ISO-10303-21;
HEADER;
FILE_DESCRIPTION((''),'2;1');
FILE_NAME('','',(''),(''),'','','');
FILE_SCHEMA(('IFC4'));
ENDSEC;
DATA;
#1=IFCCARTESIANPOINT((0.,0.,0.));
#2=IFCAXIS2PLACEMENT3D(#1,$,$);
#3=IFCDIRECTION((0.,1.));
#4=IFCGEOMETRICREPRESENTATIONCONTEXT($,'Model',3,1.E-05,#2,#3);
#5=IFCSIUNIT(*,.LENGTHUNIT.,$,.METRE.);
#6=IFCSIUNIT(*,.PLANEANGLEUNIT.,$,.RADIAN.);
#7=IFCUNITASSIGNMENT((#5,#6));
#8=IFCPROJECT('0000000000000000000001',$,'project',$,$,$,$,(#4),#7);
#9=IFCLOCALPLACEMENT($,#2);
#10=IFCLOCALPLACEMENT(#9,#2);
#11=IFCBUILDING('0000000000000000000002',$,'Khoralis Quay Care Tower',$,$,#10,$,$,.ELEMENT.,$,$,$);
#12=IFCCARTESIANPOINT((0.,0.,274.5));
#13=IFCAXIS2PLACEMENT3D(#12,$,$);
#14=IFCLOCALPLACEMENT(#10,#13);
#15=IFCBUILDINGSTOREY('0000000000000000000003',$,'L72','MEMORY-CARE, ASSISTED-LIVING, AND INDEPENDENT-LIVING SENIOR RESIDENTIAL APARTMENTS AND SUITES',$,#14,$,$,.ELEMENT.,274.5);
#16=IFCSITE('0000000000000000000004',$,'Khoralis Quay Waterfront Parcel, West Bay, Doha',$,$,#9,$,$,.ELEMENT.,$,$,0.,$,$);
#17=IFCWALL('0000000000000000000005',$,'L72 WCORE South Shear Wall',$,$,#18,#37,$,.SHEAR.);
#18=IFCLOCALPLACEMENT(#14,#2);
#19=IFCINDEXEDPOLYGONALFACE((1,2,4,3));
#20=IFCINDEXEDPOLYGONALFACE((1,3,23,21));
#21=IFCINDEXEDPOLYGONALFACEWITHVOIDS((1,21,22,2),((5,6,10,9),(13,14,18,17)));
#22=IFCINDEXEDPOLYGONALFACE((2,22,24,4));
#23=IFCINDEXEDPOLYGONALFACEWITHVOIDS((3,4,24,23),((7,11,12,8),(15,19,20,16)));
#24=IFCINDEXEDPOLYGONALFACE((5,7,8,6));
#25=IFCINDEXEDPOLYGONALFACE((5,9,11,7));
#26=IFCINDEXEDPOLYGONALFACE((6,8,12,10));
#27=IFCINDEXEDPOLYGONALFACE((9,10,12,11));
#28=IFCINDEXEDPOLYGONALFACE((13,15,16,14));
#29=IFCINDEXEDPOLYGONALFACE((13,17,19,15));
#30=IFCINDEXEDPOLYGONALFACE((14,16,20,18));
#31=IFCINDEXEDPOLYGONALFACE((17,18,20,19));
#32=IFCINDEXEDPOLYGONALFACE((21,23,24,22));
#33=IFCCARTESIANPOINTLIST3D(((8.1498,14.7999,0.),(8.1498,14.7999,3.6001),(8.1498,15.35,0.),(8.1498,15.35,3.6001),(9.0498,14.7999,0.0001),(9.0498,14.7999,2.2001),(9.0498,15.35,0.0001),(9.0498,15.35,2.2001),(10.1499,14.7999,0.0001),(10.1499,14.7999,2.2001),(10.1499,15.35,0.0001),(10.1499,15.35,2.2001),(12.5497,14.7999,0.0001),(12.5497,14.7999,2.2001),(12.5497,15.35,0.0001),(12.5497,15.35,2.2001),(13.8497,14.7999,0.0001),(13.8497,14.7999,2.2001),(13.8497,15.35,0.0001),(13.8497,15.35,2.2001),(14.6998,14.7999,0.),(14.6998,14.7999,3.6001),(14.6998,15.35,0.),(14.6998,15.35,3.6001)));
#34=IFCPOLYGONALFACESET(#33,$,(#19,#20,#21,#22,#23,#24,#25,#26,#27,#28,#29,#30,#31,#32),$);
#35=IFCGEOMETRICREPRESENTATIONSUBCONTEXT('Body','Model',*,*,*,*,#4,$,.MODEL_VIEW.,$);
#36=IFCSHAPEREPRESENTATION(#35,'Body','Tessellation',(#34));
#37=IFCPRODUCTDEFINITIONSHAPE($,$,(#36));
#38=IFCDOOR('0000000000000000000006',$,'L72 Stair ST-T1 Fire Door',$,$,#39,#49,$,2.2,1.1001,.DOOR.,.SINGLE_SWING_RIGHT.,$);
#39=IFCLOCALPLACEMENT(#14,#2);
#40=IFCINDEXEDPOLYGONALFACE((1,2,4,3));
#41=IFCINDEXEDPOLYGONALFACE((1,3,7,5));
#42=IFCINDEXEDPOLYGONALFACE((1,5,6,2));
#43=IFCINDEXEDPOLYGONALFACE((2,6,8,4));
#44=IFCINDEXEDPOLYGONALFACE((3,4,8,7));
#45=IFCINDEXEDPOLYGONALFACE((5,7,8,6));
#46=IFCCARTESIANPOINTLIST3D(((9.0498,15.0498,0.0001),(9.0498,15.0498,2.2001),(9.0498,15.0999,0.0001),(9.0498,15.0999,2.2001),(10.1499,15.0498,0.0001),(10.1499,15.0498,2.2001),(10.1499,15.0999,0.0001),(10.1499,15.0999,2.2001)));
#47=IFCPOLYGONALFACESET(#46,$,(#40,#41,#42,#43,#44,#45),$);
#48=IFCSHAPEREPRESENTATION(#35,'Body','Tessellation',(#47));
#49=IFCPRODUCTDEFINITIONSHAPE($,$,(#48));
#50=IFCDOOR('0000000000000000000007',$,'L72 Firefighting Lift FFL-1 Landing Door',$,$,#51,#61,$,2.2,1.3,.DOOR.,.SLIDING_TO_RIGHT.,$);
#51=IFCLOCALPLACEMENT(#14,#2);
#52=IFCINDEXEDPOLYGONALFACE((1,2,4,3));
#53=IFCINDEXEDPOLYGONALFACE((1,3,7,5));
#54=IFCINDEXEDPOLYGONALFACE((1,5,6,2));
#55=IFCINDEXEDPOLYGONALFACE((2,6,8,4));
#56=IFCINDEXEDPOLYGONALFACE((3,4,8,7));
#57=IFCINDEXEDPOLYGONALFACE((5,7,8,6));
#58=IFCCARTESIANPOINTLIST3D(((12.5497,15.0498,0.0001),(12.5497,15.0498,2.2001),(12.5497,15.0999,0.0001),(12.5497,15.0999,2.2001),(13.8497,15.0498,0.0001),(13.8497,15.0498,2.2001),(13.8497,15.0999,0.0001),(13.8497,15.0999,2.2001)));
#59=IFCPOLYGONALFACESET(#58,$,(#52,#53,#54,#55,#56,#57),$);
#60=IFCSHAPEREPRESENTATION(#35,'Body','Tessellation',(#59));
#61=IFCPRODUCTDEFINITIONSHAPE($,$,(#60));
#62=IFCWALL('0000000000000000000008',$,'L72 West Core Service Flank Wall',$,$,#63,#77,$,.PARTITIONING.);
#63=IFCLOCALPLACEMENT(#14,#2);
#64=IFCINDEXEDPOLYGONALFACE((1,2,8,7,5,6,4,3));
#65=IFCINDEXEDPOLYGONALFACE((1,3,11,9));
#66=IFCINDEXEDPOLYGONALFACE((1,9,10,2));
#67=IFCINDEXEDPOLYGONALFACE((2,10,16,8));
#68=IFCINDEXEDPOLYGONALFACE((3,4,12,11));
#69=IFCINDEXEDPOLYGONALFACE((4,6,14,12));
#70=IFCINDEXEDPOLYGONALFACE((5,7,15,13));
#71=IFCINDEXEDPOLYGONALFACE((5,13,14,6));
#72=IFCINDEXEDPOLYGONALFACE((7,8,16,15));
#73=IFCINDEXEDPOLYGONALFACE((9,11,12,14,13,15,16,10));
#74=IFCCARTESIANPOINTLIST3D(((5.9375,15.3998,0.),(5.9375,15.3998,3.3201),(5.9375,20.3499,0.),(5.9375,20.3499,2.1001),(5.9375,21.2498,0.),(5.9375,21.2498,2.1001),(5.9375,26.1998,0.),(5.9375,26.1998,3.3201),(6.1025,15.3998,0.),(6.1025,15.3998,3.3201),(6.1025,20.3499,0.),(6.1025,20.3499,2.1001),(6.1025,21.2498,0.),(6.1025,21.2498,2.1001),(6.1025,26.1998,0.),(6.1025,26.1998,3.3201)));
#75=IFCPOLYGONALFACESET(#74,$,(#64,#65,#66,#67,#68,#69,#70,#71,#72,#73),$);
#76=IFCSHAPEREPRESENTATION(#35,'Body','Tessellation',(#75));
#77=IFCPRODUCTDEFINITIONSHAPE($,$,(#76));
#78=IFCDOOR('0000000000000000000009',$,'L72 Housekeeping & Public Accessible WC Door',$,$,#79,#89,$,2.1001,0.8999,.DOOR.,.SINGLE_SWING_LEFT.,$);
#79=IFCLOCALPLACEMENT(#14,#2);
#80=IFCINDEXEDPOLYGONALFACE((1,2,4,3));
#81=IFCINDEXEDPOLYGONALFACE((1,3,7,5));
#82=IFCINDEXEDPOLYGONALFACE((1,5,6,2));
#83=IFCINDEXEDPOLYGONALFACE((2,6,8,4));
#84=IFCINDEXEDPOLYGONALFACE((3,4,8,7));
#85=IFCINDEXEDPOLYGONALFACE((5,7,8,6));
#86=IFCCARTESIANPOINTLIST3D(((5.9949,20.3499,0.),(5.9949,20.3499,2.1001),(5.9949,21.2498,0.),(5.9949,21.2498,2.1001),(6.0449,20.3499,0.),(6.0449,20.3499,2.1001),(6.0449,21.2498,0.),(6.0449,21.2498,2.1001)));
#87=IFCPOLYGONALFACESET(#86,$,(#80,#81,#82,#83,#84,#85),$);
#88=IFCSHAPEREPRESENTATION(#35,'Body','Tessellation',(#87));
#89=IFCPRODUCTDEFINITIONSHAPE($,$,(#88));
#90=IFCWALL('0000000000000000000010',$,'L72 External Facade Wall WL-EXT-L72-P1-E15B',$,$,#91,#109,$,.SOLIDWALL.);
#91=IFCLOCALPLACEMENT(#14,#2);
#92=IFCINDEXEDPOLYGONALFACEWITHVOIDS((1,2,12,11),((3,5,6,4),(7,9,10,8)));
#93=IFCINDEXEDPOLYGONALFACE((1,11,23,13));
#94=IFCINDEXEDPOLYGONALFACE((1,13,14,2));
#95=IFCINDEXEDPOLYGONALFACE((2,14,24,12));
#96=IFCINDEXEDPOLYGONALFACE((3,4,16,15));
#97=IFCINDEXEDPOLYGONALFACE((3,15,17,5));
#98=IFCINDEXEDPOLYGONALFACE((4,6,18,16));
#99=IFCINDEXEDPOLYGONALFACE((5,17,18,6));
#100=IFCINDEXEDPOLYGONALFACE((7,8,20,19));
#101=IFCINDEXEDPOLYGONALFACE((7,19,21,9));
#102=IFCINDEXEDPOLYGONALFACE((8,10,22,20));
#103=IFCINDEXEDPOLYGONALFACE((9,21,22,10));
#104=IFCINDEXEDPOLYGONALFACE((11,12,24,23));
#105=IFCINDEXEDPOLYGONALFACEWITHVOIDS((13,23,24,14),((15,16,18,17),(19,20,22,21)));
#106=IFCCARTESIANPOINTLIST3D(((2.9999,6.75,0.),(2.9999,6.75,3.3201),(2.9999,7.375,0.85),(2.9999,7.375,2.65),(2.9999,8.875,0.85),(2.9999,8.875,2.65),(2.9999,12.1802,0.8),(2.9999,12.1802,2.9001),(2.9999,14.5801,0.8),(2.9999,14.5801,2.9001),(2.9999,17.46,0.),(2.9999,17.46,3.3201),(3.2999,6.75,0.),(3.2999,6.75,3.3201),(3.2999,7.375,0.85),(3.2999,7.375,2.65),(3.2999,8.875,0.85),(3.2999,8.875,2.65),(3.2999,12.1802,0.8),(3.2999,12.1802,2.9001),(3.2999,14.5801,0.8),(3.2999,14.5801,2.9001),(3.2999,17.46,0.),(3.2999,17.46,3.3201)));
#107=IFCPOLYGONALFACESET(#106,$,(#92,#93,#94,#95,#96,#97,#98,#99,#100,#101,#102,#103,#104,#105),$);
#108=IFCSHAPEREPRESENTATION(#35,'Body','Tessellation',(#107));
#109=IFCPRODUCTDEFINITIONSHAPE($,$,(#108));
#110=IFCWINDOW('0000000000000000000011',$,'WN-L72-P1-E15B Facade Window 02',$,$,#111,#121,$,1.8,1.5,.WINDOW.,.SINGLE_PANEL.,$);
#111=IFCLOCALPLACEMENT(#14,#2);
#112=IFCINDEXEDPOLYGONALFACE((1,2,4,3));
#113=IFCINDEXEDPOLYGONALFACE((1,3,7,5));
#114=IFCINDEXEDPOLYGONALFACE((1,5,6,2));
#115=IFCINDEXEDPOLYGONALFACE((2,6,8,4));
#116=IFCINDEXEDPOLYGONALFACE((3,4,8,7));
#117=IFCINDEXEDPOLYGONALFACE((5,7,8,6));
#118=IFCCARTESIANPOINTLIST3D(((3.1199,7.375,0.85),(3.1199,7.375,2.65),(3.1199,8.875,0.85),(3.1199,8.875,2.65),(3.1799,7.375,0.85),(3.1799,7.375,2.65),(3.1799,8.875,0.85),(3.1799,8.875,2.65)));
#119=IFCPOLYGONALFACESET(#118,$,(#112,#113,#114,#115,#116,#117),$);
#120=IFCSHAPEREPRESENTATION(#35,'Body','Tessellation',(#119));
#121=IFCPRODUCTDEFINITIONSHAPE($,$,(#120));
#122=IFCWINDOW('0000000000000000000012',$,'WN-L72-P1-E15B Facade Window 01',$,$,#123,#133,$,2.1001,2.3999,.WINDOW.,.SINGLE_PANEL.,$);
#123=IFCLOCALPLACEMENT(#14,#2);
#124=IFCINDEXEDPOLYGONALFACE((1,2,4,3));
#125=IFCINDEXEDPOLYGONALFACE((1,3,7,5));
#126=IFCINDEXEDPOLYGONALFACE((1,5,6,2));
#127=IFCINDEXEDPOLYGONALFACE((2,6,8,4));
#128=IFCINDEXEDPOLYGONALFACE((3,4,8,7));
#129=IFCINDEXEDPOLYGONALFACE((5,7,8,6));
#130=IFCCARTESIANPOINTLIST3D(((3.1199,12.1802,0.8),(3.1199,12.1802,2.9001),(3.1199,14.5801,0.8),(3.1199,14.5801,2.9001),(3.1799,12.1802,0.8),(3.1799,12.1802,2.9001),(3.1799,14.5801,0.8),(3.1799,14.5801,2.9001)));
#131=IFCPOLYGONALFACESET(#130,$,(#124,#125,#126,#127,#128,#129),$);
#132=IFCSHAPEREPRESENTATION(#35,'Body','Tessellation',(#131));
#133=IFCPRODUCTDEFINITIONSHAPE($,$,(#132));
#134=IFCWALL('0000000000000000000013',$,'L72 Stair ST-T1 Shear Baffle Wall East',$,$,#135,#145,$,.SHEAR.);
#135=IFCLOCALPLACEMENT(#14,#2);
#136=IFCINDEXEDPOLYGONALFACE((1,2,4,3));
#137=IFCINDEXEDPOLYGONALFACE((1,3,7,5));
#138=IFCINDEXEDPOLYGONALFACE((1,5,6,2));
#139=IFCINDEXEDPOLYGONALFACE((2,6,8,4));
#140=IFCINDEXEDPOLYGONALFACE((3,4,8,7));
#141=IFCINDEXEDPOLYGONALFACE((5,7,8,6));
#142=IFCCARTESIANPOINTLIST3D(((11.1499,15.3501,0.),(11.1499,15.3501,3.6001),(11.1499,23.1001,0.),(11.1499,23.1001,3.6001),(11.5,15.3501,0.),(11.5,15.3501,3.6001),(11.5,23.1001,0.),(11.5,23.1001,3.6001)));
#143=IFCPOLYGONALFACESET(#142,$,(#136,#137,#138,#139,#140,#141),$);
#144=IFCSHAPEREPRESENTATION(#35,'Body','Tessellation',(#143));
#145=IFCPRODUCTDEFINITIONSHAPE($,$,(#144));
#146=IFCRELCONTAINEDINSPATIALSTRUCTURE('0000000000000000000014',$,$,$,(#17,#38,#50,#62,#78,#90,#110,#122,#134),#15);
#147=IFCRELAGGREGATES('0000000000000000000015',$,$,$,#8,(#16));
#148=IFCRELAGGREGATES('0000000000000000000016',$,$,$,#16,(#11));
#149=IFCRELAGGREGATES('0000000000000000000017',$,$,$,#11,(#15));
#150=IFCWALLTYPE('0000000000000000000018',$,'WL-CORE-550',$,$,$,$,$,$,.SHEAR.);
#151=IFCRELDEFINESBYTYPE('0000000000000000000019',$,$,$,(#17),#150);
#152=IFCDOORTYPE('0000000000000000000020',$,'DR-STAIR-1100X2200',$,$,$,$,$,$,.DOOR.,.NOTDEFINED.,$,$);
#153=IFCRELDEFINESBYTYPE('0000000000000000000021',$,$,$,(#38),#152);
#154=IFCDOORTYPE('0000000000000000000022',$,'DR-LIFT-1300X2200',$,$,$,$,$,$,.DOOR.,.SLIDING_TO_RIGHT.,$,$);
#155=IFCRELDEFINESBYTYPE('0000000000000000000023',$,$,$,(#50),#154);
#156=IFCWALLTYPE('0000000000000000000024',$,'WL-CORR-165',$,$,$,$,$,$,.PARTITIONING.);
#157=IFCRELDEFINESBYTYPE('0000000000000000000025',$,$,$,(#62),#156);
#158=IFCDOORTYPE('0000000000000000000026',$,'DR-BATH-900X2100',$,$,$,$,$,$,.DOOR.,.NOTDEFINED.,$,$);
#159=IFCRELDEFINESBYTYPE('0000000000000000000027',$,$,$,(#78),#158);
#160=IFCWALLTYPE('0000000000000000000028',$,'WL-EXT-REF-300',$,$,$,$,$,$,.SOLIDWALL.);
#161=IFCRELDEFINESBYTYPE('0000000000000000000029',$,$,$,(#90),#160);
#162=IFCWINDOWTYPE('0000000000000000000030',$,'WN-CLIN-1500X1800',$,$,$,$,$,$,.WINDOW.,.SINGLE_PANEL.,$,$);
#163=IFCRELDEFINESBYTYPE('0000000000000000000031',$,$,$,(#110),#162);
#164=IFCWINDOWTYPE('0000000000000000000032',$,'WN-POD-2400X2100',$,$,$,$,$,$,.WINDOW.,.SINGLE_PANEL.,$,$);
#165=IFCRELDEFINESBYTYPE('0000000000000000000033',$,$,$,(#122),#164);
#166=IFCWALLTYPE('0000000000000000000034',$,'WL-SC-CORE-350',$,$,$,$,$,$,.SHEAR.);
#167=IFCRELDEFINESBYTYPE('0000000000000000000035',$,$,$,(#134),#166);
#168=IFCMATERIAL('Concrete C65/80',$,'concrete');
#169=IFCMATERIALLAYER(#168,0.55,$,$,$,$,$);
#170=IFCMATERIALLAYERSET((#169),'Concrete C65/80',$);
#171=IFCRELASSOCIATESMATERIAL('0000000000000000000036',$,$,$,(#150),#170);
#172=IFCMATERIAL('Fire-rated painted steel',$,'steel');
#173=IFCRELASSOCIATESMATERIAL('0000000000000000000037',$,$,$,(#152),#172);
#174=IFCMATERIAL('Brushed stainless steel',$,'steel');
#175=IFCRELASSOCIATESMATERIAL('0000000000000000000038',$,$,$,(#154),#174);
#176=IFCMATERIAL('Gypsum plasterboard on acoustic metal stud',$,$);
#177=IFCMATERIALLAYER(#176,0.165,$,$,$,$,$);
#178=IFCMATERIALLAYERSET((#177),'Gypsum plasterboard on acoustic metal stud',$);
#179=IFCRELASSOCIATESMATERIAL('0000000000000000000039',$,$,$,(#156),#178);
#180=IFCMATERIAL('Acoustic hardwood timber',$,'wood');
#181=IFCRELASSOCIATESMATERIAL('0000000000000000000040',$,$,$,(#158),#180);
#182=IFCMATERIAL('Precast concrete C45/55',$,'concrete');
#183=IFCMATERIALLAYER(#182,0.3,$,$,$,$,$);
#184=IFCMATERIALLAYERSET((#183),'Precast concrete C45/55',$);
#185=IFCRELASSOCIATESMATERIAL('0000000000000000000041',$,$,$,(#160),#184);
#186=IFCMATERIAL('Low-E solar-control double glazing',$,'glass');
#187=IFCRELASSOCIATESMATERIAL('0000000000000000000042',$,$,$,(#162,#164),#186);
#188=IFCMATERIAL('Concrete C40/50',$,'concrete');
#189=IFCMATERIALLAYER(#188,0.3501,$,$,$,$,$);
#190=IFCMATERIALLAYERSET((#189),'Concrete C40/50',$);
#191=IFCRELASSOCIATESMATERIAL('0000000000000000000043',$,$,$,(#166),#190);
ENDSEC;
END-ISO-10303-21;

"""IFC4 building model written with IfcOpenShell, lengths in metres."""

from ifc_helpers import new_model, si_unit, direction, frame, frame_2d, origin, place, context, subcontext, project, spatial, rectangle, extrude, source, transform, mapped, material, layer, layer_set, type_object, element, fill, save


model = new_model("IFC4")

# Units and contexts
model_context = context("Model", 3, precision=1e-05, world=origin(), true_north=direction((0.0, 1.0)))
body_context = subcontext(model_context, "Body", "Model", "MODEL_VIEW")
ifc_project = project(units=[si_unit("LENGTHUNIT", "METRE"), si_unit("PLANEANGLEUNIT", "RADIAN")], contexts=[model_context])

# Site, building, storey
site_placement = place(None, origin())
site = spatial("IfcSite", under=ifc_project, at=site_placement, Name="Khoralis Quay Waterfront Parcel, West Bay, Doha", CompositionType="ELEMENT", RefElevation=0.0)
building_placement = place(site_placement, origin())
building = spatial("IfcBuilding", under=site, at=building_placement, Name="Khoralis Quay Care Tower", CompositionType="ELEMENT")
storey_placement = place(building_placement, frame((0.0, 0.0, 274.5)))
storey = spatial("IfcBuildingStorey", under=building, at=storey_placement, Name="L72", Description="MEMORY-CARE, ASSISTED-LIVING, AND INDEPENDENT-LIVING SENIOR RESIDENTIAL APARTMENTS AND SUITES", CompositionType="ELEMENT", Elevation=274.5)

# Shared definitions
ifc_material_1 = material(Name="Concrete C65/80", Category="concrete")
ifc_layer_1 = layer(ifc_material_1, 0.55)
ifc_layer_set_1 = layer_set([ifc_layer_1], Name="Concrete C65/80")
wall_type_1 = type_object("IfcWallType", Name="WL-CORE-550", PredefinedType="SHEAR", material=ifc_layer_set_1)

# Wall, openings, doors
wall_1_placement = place(storey_placement, frame((8.1499, 15.075, 0.0), z_axis=(0.0, 0.0, 1.0), x_axis=(1.0, 0.0, 0.0)))
wall_1 = element("IfcWall", 1, at=wall_1_placement, inside=storey, type_object=wall_type_1, Name="L72 WCORE South Shear Wall", PredefinedType="SHEAR", context=body_context, shape_type="SweptSolid", body=[
    extrude(rectangle(XDim=6.55, YDim=0.55, at=frame_2d((3.2749, 0.0))), origin(), (0.0, 0.0, 1.0), 3.6001),
])
opening_1_placement = place(wall_1_placement, frame((0.8999, 0.0, 0.0)))
opening_1 = element("IfcOpeningElement", 2, at=opening_1_placement, cuts=wall_1, PredefinedType="OPENING", context=body_context, shape_type="SweptSolid", body=[
    extrude(rectangle(XDim=1.1001, YDim=2.2, at=frame_2d((0.55, 1.1001))), frame((0.0, 0.2852, 0.0), z_axis=(0.0, -1.0, 0.0), x_axis=(1.0, 0.0, 0.0)), (0.0, 0.0, 1.0), 0.5701),
])
opening_2_placement = place(wall_1_placement, frame((4.3999, 0.0, 0.0)))
opening_2 = element("IfcOpeningElement", 3, at=opening_2_placement, cuts=wall_1, PredefinedType="OPENING", context=body_context, shape_type="SweptSolid", body=[
    extrude(rectangle(XDim=1.3, YDim=2.2, at=frame_2d((0.6499, 1.1001))), frame((0.0, 0.2852, 0.0), z_axis=(0.0, -1.0, 0.0), x_axis=(1.0, 0.0, 0.0)), (0.0, 0.0, 1.0), 0.5701),
])
ifc_material_2 = material(Name="Fire-rated painted steel", Category="steel")
door_type_1 = type_object("IfcDoorType", Name="DR-STAIR-1100X2200", OperationType="NOTDEFINED", PredefinedType="DOOR", material=ifc_material_2)
shared_shape_1 = source(origin(), body_context, "Body", "SweptSolid", [
    extrude(rectangle(XDim=1.1001, YDim=2.2, at=frame_2d((0.55, 1.1001))), frame((0.0, 0.0249, 0.0), z_axis=(0.0, -1.0, 0.0), x_axis=(1.0, 0.0, 0.0)), (0.0, 0.0, 1.0), 0.05),
])
door_1_placement = place(opening_1_placement, origin())
door_1 = element("IfcDoor", 4, at=door_1_placement, inside=storey, type_object=door_type_1, Name="L72 Stair ST-T1 Fire Door", OperationType="SINGLE_SWING_RIGHT", OverallHeight=2.2, OverallWidth=1.1001, PredefinedType="DOOR", context=body_context, shape_type="MappedRepresentation", body=[
    mapped(shared_shape_1, transform((0.0, 0.0, 0.0), scale=1.0)),
])
fill(opening_1, door_1)
ifc_material_3 = material(Name="Brushed stainless steel", Category="steel")
door_type_2 = type_object("IfcDoorType", Name="DR-LIFT-1300X2200", OperationType="SLIDING_TO_RIGHT", PredefinedType="DOOR", material=ifc_material_3)
shared_shape_2 = source(origin(), body_context, "Body", "SweptSolid", [
    extrude(rectangle(XDim=1.3, YDim=2.2, at=frame_2d((0.6499, 1.1001))), frame((0.0, 0.0249, 0.0), z_axis=(0.0, -1.0, 0.0), x_axis=(1.0, 0.0, 0.0)), (0.0, 0.0, 1.0), 0.05),
])
door_2_placement = place(opening_2_placement, origin())
door_2 = element("IfcDoor", 5, at=door_2_placement, inside=storey, type_object=door_type_2, Name="L72 Firefighting Lift FFL-1 Landing Door", OperationType="SLIDING_TO_RIGHT", OverallHeight=2.2, OverallWidth=1.3, PredefinedType="DOOR", context=body_context, shape_type="MappedRepresentation", body=[
    mapped(shared_shape_2, transform((0.0, 0.0, 0.0), scale=1.0)),
])
fill(opening_2, door_2)

# Wall, opening, door
ifc_material_4 = material(Name="Gypsum plasterboard on acoustic metal stud")
ifc_layer_2 = layer(ifc_material_4, 0.165)
ifc_layer_set_2 = layer_set([ifc_layer_2], Name="Gypsum plasterboard on acoustic metal stud")
wall_type_2 = type_object("IfcWallType", Name="WL-CORR-165", PredefinedType="PARTITIONING", material=ifc_layer_set_2)
wall_2_placement = place(storey_placement, frame((6.02, 15.3999, 0.0), z_axis=(0.0, 0.0, 1.0), x_axis=(0.0, 1.0, 0.0)))
wall_2 = element("IfcWall", 6, at=wall_2_placement, inside=storey, type_object=wall_type_2, Name="L72 West Core Service Flank Wall", PredefinedType="PARTITIONING", context=body_context, shape_type="SweptSolid", body=[
    extrude(rectangle(XDim=10.8, YDim=0.165, at=frame_2d((5.3999, 0.0))), origin(), (0.0, 0.0, 1.0), 3.3201),
])
opening_3_placement = place(wall_2_placement, frame((4.95, 0.0, 0.0)))
opening_3 = element("IfcOpeningElement", 7, at=opening_3_placement, cuts=wall_2, PredefinedType="OPENING", context=body_context, shape_type="SweptSolid", body=[
    extrude(rectangle(XDim=0.8999, YDim=2.1001, at=frame_2d((0.45, 1.05))), frame((0.0, 0.0925, 0.0), z_axis=(0.0, -1.0, 0.0), x_axis=(1.0, 0.0, 0.0)), (0.0, 0.0, 1.0), 0.1851),
])
ifc_material_5 = material(Name="Acoustic hardwood timber", Category="wood")
door_type_3 = type_object("IfcDoorType", Name="DR-BATH-900X2100", OperationType="NOTDEFINED", PredefinedType="DOOR", material=ifc_material_5)
shared_shape_3 = source(origin(), body_context, "Body", "SweptSolid", [
    extrude(rectangle(XDim=0.8999, YDim=2.1001, at=frame_2d((0.45, 1.05))), frame((0.0, 0.0249, 0.0), z_axis=(0.0, -1.0, 0.0), x_axis=(1.0, 0.0, 0.0)), (0.0, 0.0, 1.0), 0.05),
])
door_3_placement = place(opening_3_placement, frame((0.8999, 0.0, 0.0), z_axis=(0.0, 0.0, 1.0), x_axis=(-1.0, 0.0, 0.0)))
door_3 = element("IfcDoor", 8, at=door_3_placement, inside=storey, type_object=door_type_3, Name="L72 Housekeeping & Public Accessible WC Door", OperationType="SINGLE_SWING_LEFT", OverallHeight=2.1001, OverallWidth=0.8999, PredefinedType="DOOR", context=body_context, shape_type="MappedRepresentation", body=[
    mapped(shared_shape_3, transform((0.0, 0.0, 0.0), scale=1.0)),
])
fill(opening_3, door_3)

# Wall, openings, windows
ifc_material_6 = material(Name="Precast concrete C45/55", Category="concrete")
ifc_layer_3 = layer(ifc_material_6, 0.3)
ifc_layer_set_3 = layer_set([ifc_layer_3], Name="Precast concrete C45/55")
wall_type_3 = type_object("IfcWallType", Name="WL-EXT-REF-300", PredefinedType="SOLIDWALL", material=ifc_layer_set_3)
wall_3_placement = place(storey_placement, frame((3.1499, 17.46, 0.0), z_axis=(0.0, 0.0, 1.0), x_axis=(0.0, -1.0, 0.0)))
wall_3 = element("IfcWall", 9, at=wall_3_placement, inside=storey, type_object=wall_type_3, Name="L72 External Facade Wall WL-EXT-L72-P1-E15B", PredefinedType="SOLIDWALL", context=body_context, shape_type="SweptSolid", body=[
    extrude(rectangle(XDim=10.71, YDim=0.3, at=frame_2d((5.355, 0.0))), origin(), (0.0, 0.0, 1.0), 3.3201),
])
opening_4_placement = place(wall_3_placement, frame((2.8799, 0.0, 0.8)))
opening_4 = element("IfcOpeningElement", 10, at=opening_4_placement, cuts=wall_3, PredefinedType="OPENING", context=body_context, shape_type="SweptSolid", body=[
    extrude(rectangle(XDim=2.3999, YDim=2.1001, at=frame_2d((1.2, 1.05))), frame((0.0, 0.1602, 0.0), z_axis=(0.0, -1.0, 0.0), x_axis=(1.0, 0.0, 0.0)), (0.0, 0.0, 1.0), 0.3201),
])
opening_5_placement = place(wall_3_placement, frame((8.585, 0.0, 0.8501)))
opening_5 = element("IfcOpeningElement", 11, at=opening_5_placement, cuts=wall_3, PredefinedType="OPENING", context=body_context, shape_type="SweptSolid", body=[
    extrude(rectangle(XDim=1.5, YDim=1.8, at=frame_2d((0.75, 0.8999))), frame((0.0, 0.1602, 0.0), z_axis=(0.0, -1.0, 0.0), x_axis=(1.0, 0.0, 0.0)), (0.0, 0.0, 1.0), 0.3201),
])
ifc_material_7 = material(Name="Low-E solar-control double glazing", Category="glass")
window_type_1 = type_object("IfcWindowType", Name="WN-CLIN-1500X1800", PartitioningType="SINGLE_PANEL", PredefinedType="WINDOW", material=ifc_material_7)
shared_shape_4 = source(origin(), body_context, "Body", "SweptSolid", [
    extrude(rectangle(XDim=1.5, YDim=1.8, at=frame_2d((0.75, 0.8999))), frame((0.0, 0.03, 0.0), z_axis=(0.0, -1.0, 0.0), x_axis=(1.0, 0.0, 0.0)), (0.0, 0.0, 1.0), 0.0601),
])
window_1_placement = place(opening_5_placement, origin())
window_1 = element("IfcWindow", 12, at=window_1_placement, inside=storey, type_object=window_type_1, Name="WN-L72-P1-E15B Facade Window 02", OverallHeight=1.8, OverallWidth=1.5, PartitioningType="SINGLE_PANEL", PredefinedType="WINDOW", context=body_context, shape_type="MappedRepresentation", body=[
    mapped(shared_shape_4, transform((0.0, 0.0, 0.0), scale=1.0)),
])
fill(opening_5, window_1)
window_type_2 = type_object("IfcWindowType", Name="WN-POD-2400X2100", PartitioningType="SINGLE_PANEL", PredefinedType="WINDOW", material=ifc_material_7)
shared_shape_5 = source(origin(), body_context, "Body", "SweptSolid", [
    extrude(rectangle(XDim=2.3999, YDim=2.1001, at=frame_2d((1.2, 1.05))), frame((0.0, 0.03, 0.0), z_axis=(0.0, -1.0, 0.0), x_axis=(1.0, 0.0, 0.0)), (0.0, 0.0, 1.0), 0.0601),
])
window_2_placement = place(opening_4_placement, origin())
window_2 = element("IfcWindow", 13, at=window_2_placement, inside=storey, type_object=window_type_2, Name="WN-L72-P1-E15B Facade Window 01", OverallHeight=2.1001, OverallWidth=2.3999, PartitioningType="SINGLE_PANEL", PredefinedType="WINDOW", context=body_context, shape_type="MappedRepresentation", body=[
    mapped(shared_shape_5, transform((0.0, 0.0, 0.0), scale=1.0)),
])
fill(opening_4, window_2)

# Wall
ifc_material_8 = material(Name="Concrete C40/50", Category="concrete")
ifc_layer_4 = layer(ifc_material_8, 0.3501)
ifc_layer_set_4 = layer_set([ifc_layer_4], Name="Concrete C40/50")
wall_type_4 = type_object("IfcWallType", Name="WL-SC-CORE-350", PredefinedType="SHEAR", material=ifc_layer_set_4)
wall_4_placement = place(storey_placement, frame((11.325, 15.3501, 0.0), z_axis=(0.0, 0.0, 1.0), x_axis=(0.0, 1.0, 0.0)))
element("IfcWall", 14, at=wall_4_placement, inside=storey, type_object=wall_type_4, Name="L72 Stair ST-T1 Shear Baffle Wall East", PredefinedType="SHEAR", context=body_context, shape_type="SweptSolid", body=[
    extrude(rectangle(XDim=7.75, YDim=0.3501, at=frame_2d((3.875, 0.0))), origin(), (0.0, 0.0, 1.0), 3.6001),
])

save(model, "model.ifc")
